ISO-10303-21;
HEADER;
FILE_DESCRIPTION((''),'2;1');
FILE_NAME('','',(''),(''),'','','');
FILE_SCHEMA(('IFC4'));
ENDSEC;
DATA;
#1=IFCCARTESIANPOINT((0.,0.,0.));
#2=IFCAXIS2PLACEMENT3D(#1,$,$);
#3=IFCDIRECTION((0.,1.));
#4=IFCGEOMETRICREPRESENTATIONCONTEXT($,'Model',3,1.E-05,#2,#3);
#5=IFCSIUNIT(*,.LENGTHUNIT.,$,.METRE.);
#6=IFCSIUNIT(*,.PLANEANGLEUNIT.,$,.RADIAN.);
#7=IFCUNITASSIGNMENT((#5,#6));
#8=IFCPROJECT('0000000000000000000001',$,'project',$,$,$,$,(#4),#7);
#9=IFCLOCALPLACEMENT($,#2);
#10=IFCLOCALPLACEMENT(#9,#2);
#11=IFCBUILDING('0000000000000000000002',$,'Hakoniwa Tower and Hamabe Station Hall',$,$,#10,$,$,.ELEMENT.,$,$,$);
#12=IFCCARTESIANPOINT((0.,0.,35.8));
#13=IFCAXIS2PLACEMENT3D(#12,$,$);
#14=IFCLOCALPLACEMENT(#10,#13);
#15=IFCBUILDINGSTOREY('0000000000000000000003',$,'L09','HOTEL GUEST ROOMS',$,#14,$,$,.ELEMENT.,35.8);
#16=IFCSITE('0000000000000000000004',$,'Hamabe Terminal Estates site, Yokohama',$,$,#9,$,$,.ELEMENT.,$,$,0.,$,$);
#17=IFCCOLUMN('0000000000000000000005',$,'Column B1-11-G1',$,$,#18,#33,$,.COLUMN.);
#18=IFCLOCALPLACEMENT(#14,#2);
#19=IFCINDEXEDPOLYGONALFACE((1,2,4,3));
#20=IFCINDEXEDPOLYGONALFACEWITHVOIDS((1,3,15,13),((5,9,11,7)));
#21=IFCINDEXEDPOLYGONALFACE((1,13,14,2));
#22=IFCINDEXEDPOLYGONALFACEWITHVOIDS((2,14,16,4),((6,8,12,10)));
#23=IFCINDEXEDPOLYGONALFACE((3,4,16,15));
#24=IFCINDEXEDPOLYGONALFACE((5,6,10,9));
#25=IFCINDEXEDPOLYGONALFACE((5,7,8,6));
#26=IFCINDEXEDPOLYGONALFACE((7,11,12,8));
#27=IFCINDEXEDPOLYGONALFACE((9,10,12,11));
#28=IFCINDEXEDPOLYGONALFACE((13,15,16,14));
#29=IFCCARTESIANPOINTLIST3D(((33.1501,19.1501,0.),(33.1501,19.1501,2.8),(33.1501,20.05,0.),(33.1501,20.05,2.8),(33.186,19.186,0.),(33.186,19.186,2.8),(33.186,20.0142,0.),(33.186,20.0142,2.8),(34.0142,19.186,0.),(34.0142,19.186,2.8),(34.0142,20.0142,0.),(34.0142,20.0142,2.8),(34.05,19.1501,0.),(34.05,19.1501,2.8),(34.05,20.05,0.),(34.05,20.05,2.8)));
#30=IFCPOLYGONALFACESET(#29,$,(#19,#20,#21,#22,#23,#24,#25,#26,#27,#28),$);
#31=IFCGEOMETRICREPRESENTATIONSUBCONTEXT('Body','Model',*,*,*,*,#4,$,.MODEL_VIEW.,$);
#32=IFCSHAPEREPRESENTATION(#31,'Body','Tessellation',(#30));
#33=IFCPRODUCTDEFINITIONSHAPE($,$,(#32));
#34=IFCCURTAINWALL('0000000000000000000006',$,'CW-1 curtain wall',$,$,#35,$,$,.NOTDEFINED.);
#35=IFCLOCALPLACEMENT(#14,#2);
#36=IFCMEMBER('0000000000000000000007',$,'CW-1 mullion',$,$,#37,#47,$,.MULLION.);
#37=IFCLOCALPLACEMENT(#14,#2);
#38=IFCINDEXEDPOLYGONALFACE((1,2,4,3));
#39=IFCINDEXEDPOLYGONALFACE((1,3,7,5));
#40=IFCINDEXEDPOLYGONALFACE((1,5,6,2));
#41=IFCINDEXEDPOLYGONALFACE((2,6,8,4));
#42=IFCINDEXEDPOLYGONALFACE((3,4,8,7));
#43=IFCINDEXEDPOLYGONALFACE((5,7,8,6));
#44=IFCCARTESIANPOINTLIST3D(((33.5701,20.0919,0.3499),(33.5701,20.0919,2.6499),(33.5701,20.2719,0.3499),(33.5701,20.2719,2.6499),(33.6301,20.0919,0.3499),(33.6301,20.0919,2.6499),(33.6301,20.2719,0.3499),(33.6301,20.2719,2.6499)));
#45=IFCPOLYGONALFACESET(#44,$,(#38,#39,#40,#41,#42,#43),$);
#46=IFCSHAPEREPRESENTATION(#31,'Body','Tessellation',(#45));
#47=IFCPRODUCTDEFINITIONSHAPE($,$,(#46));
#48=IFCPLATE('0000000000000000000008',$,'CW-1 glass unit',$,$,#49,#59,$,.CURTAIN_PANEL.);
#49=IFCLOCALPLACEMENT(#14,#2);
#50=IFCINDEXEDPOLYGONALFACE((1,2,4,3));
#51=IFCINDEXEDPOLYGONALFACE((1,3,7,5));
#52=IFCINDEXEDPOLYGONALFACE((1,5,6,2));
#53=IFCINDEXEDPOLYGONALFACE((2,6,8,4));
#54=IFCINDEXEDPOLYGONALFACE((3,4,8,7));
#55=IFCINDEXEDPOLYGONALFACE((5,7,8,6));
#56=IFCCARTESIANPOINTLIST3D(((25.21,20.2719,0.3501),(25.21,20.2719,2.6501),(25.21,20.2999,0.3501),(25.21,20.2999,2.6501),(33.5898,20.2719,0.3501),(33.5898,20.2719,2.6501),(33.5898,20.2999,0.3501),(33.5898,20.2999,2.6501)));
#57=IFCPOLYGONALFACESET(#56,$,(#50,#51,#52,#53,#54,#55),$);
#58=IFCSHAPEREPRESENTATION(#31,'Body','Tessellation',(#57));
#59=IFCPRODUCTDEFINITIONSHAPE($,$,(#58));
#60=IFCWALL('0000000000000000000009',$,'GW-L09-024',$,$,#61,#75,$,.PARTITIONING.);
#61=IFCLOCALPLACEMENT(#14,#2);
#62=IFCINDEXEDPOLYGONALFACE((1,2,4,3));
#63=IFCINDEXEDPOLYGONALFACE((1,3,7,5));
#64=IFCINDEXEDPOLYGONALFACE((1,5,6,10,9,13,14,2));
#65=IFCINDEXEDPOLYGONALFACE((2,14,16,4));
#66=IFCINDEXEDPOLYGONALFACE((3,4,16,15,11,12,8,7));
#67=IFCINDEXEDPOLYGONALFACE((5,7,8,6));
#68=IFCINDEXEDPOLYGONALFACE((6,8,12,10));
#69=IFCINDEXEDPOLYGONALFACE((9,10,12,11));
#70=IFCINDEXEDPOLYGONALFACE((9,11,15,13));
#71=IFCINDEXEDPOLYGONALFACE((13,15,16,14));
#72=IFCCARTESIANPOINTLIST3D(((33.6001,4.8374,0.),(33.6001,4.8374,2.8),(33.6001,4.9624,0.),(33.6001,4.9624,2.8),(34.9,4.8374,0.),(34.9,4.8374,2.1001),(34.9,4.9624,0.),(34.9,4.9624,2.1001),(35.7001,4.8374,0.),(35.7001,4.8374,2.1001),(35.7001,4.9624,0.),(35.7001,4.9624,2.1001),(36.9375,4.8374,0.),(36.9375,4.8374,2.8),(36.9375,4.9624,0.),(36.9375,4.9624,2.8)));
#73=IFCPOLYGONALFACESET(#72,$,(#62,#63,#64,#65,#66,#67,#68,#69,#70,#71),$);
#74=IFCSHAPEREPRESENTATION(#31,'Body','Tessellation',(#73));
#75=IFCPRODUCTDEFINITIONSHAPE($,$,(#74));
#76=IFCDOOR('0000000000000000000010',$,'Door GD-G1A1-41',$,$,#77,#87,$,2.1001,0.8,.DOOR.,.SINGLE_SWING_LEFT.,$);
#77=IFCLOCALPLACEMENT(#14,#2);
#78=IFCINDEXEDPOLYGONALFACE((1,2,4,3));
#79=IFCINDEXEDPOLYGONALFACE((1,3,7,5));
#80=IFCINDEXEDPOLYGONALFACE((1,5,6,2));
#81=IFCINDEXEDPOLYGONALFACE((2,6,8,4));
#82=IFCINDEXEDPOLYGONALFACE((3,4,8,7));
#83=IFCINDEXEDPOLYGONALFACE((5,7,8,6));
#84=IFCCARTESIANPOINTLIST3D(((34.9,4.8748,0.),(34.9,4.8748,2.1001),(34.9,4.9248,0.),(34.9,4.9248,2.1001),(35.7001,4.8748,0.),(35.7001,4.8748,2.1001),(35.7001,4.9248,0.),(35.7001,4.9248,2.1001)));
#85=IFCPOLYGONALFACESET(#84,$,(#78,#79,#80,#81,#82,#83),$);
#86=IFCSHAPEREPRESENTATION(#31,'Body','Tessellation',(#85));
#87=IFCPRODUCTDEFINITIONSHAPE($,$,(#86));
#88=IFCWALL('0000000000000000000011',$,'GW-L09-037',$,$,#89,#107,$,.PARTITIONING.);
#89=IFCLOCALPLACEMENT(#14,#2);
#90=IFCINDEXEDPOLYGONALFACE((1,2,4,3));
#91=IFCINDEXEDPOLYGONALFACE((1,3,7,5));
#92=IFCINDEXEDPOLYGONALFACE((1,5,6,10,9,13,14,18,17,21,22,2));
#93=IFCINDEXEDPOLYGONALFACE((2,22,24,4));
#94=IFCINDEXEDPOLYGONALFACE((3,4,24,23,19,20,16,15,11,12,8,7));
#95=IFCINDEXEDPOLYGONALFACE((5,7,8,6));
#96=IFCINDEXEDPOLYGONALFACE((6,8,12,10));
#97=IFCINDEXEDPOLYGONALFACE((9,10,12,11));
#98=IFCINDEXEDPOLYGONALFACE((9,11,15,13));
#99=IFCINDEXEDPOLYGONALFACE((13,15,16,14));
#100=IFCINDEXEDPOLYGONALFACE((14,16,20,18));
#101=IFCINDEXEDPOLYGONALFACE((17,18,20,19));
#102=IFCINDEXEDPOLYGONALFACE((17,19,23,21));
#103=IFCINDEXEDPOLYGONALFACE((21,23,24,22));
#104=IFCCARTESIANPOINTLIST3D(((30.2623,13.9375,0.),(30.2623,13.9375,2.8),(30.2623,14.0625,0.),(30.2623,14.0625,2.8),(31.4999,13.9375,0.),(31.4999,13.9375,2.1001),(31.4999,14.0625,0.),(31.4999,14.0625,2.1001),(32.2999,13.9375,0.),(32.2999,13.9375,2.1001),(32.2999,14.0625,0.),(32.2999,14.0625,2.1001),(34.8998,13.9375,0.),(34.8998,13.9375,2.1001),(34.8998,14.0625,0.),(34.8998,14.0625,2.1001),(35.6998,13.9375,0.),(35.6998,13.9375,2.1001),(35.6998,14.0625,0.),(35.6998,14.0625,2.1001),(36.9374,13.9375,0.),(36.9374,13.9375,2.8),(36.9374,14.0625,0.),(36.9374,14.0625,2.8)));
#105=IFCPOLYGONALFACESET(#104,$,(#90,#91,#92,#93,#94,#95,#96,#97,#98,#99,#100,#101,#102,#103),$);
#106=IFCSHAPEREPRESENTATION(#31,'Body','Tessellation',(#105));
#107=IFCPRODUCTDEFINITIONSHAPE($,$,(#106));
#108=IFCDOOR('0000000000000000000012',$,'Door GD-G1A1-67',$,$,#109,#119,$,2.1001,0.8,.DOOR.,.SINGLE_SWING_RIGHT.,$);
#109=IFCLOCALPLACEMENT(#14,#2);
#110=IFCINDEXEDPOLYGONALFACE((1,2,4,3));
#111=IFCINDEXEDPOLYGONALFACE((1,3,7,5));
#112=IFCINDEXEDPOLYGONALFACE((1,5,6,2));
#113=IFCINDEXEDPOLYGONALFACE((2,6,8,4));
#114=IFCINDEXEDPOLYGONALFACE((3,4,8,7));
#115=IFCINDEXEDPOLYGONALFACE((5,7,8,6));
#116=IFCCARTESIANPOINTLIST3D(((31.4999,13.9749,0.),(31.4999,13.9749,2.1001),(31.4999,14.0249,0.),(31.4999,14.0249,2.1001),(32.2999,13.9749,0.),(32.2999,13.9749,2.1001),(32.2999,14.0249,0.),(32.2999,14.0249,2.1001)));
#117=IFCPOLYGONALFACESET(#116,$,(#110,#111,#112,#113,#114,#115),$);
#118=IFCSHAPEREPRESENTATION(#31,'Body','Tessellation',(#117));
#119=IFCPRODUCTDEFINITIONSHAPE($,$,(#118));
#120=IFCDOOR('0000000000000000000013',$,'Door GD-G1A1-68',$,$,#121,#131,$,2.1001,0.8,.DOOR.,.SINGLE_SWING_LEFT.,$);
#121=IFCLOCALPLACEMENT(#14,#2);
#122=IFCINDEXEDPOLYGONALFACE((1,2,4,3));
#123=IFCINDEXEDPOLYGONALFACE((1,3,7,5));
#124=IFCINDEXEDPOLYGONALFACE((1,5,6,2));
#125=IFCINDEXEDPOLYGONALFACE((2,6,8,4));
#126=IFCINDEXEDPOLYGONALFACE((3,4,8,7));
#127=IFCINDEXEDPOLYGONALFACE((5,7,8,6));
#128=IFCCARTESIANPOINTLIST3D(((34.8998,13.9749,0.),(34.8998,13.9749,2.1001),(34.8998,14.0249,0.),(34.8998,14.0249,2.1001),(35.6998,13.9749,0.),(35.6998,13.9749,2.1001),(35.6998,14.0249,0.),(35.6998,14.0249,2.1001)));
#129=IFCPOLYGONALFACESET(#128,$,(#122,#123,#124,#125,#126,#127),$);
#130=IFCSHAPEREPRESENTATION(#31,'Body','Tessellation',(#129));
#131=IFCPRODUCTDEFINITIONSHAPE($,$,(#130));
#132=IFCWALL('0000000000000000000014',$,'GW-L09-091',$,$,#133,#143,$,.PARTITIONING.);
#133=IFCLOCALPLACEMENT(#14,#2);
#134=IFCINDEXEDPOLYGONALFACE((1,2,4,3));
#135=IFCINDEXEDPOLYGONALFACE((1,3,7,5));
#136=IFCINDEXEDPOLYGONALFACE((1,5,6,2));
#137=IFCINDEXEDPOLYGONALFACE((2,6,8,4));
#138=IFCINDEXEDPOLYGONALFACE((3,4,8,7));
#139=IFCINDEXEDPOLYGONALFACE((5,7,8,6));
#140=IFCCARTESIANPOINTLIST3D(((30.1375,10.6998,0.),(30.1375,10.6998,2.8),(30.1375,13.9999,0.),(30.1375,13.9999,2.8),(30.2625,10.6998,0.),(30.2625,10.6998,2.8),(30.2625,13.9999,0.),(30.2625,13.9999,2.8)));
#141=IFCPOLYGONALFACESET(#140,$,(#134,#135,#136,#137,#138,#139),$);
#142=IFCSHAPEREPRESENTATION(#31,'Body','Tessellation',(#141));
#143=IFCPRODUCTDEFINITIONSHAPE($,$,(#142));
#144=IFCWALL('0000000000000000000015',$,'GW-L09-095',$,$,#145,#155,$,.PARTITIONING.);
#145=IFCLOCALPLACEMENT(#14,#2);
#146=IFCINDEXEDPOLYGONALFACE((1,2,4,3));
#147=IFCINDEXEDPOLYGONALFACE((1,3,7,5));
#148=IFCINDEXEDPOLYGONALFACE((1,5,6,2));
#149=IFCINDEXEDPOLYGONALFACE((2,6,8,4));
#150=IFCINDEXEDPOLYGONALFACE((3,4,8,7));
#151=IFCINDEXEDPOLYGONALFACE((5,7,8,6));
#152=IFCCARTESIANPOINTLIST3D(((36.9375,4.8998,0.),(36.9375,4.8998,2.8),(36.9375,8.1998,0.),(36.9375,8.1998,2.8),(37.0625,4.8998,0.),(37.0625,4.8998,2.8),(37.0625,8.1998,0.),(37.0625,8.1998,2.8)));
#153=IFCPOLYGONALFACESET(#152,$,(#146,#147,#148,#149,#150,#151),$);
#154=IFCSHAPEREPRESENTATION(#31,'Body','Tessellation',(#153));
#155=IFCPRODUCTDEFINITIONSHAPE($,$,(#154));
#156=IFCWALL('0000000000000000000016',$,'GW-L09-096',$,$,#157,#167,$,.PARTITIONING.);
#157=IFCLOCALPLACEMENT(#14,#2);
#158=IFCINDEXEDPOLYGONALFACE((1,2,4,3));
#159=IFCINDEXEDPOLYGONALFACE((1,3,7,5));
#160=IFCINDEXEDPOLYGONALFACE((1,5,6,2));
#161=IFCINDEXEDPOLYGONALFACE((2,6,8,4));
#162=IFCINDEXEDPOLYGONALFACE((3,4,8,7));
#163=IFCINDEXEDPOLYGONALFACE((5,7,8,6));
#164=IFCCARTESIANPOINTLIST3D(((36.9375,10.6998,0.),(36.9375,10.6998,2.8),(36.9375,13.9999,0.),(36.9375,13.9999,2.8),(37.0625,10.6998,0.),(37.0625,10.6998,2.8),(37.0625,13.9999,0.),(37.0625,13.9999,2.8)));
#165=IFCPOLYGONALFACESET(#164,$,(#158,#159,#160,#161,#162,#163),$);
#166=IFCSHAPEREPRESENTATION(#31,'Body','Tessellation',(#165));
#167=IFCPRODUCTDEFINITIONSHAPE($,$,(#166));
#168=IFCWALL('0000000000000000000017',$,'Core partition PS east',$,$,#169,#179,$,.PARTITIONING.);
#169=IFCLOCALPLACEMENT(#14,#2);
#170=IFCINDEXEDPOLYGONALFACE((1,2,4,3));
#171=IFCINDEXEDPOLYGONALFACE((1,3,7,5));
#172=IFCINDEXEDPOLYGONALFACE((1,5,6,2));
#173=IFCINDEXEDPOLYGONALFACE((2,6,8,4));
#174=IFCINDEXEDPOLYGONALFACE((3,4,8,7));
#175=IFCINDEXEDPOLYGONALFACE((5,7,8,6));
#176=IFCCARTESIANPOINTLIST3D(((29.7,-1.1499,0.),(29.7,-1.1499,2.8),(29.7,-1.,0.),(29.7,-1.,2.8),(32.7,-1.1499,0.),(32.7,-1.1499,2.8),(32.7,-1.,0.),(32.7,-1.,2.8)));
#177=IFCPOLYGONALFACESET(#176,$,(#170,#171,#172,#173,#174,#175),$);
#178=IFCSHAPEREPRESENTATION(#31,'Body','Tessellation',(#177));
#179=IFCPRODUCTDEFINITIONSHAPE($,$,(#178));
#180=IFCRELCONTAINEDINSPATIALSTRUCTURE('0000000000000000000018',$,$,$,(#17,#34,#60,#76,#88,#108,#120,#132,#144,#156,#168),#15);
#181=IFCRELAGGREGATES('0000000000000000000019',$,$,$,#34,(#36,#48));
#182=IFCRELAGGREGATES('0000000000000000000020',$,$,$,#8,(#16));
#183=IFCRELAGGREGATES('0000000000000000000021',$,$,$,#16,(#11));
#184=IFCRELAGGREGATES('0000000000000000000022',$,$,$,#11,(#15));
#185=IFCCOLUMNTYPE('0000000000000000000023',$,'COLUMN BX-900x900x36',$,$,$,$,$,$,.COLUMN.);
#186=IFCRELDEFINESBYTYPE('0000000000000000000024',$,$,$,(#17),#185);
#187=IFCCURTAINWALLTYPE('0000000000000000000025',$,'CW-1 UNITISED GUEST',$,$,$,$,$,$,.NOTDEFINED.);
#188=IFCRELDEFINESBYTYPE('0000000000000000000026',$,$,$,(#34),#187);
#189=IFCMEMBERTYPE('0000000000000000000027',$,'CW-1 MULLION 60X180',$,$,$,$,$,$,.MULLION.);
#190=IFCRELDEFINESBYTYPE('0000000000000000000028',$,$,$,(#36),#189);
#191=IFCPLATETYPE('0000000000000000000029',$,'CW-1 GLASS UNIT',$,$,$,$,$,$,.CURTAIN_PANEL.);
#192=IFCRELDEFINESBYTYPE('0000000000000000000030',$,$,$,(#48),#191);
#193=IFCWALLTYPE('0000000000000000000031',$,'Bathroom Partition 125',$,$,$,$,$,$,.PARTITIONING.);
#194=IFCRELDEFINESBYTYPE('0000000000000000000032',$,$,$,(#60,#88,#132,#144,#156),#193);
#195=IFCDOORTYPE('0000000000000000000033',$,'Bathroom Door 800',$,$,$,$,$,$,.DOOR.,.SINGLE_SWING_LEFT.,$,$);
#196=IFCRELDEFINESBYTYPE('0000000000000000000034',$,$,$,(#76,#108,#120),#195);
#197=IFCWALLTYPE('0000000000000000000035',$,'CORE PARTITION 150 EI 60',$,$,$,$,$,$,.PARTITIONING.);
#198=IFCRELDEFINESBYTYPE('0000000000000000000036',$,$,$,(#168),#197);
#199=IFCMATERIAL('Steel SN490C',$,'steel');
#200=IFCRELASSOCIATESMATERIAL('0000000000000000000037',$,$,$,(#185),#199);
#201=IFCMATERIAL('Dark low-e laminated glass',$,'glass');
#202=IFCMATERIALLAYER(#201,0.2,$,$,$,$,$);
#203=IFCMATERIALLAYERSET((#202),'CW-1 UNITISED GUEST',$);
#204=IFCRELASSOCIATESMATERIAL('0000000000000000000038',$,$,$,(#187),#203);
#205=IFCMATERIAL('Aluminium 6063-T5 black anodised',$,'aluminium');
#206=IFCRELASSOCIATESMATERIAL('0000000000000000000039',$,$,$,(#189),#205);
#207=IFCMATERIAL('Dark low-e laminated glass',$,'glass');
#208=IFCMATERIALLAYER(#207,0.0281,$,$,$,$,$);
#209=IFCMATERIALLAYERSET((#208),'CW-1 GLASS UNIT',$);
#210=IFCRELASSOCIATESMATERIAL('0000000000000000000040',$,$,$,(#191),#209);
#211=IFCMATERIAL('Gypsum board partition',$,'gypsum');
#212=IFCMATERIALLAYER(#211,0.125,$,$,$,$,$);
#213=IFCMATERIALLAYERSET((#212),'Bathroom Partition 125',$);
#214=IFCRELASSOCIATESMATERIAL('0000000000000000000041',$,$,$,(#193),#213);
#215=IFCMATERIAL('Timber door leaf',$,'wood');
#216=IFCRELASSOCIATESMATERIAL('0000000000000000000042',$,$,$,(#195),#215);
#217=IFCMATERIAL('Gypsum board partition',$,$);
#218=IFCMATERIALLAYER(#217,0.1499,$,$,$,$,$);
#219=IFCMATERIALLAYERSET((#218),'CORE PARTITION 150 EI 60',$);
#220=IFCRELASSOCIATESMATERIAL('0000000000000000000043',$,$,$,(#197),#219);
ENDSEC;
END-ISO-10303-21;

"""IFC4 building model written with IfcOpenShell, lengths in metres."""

from ifc_helpers import new_model, si_unit, direction, frame, frame_2d, origin, origin_2d, place, context, subcontext, project, spatial, rectangle, hollow_rectangle, extrude, material, layer, layer_set, material_profile, profile_set, type_object, element, fill, aggregate, save


model = new_model("IFC4")

# Units and contexts
model_context = context("Model", 3, precision=1e-05, world=origin(), true_north=direction((0.0, 1.0)))
body_context = subcontext(model_context, "Body", "Model", "MODEL_VIEW")
ifc_project = project(units=[si_unit("LENGTHUNIT", "METRE"), si_unit("PLANEANGLEUNIT", "RADIAN")], contexts=[model_context])

# Site, building, storey
site_placement = place(None, origin())
site = spatial("IfcSite", under=ifc_project, at=site_placement, Name="Hamabe Terminal Estates site, Yokohama", CompositionType="ELEMENT", RefElevation=0.0)
building_placement = place(site_placement, origin())
building = spatial("IfcBuilding", under=site, at=building_placement, Name="Hakoniwa Tower and Hamabe Station Hall", CompositionType="ELEMENT")
storey_placement = place(building_placement, frame((0.0, 0.0, 35.8)))
storey = spatial("IfcBuildingStorey", under=building, at=storey_placement, Name="L09", Description="HOTEL GUEST ROOMS", CompositionType="ELEMENT", Elevation=35.8)

# Column
ifc_material_1 = material(Name="Steel SN490C", Category="steel")
ifc_material_profile_1 = material_profile(ifc_material_1, hollow_rectangle(XDim=0.8999, YDim=0.8999, WallThickness=0.0359, at=origin_2d()), Name="BX-900x900x36")
ifc_profile_set_1 = profile_set([ifc_material_profile_1], Name="Steel SN490C")
column_type = type_object("IfcColumnType", Name="COLUMN BX-900x900x36", PredefinedType="COLUMN", material=ifc_profile_set_1)
column_placement = place(storey_placement, frame((33.6001, 19.6001, 0.0), z_axis=(0.0, 0.0, 1.0), x_axis=(1.0, 0.0, 0.0)))
element("IfcColumn", 1, at=column_placement, inside=storey, type_object=column_type, Name="Column B1-11-G1", PredefinedType="COLUMN", context=body_context, shape_type="SweptSolid", body=[
    extrude(hollow_rectangle(XDim=0.8999, YDim=0.8999, WallThickness=0.0359, at=origin_2d()), origin(), (0.0, 0.0, 1.0), 2.8),
])

# Curtain wall, member, plate
ifc_material_2 = material(Name="Dark low-e laminated glass", Category="glass")
ifc_layer_1 = layer(ifc_material_2, 0.2)
ifc_layer_set_1 = layer_set([ifc_layer_1], Name="CW-1 UNITISED GUEST")
curtain_wall_type = type_object("IfcCurtainWallType", Name="CW-1 UNITISED GUEST", PredefinedType="NOTDEFINED", material=ifc_layer_set_1)
curtain_wall_placement = place(storey_placement, origin())
curtain_wall = element("IfcCurtainWall", 2, at=curtain_wall_placement, inside=storey, type_object=curtain_wall_type, Name="CW-1 curtain wall", PredefinedType="NOTDEFINED")
ifc_material_3 = material(Name="Aluminium 6063-T5 black anodised", Category="aluminium")
ifc_material_profile_2 = material_profile(ifc_material_3, rectangle(XDim=0.0601, YDim=0.1799, at=origin_2d()), Name="CW-1 MULLION 60X180")
ifc_profile_set_2 = profile_set([ifc_material_profile_2], Name="Aluminium 6063-T5 black anodised")
member_type = type_object("IfcMemberType", Name="CW-1 MULLION 60X180", PredefinedType="MULLION", material=ifc_profile_set_2)
member_placement = place(storey_placement, frame((33.6001, 20.1819, 0.3499), z_axis=(0.0, 0.0, 1.0), x_axis=(-1.0, 0.0, 0.0)))
member = element("IfcMember", 3, at=member_placement, type_object=member_type, Name="CW-1 mullion", PredefinedType="MULLION", context=body_context, shape_type="SweptSolid", body=[
    extrude(rectangle(XDim=0.0601, YDim=0.1799, at=origin_2d()), origin(), (0.0, 0.0, 1.0), 2.3),
])
ifc_material_4 = material(Name="Dark low-e laminated glass", Category="glass")
ifc_layer_2 = layer(ifc_material_4, 0.0281)
ifc_layer_set_2 = layer_set([ifc_layer_2], Name="CW-1 GLASS UNIT")
plate_type = type_object("IfcPlateType", Name="CW-1 GLASS UNIT", PredefinedType="CURTAIN_PANEL", material=ifc_layer_set_2)
plate_placement = place(storey_placement, frame((29.3999, 20.2859, 0.3501), z_axis=(0.0, 0.0, 1.0), x_axis=(-1.0, 0.0, 0.0)))
plate = element("IfcPlate", 4, at=plate_placement, type_object=plate_type, Name="CW-1 glass unit", PredefinedType="CURTAIN_PANEL", context=body_context, shape_type="SweptSolid", body=[
    extrude(rectangle(XDim=8.3799, YDim=0.0281, at=origin_2d()), origin(), (0.0, 0.0, 1.0), 2.3),
])
aggregate(curtain_wall, [member, plate])

# Wall, opening, door
ifc_material_5 = material(Name="Gypsum board partition", Category="gypsum")
ifc_layer_3 = layer(ifc_material_5, 0.125)
ifc_layer_set_3 = layer_set([ifc_layer_3], Name="Bathroom Partition 125")
wall_type_1 = type_object("IfcWallType", Name="Bathroom Partition 125", PredefinedType="PARTITIONING", material=ifc_layer_set_3)
wall_1_placement = place(storey_placement, frame((33.6001, 4.8999, 0.0), z_axis=(0.0, 0.0, 1.0), x_axis=(1.0, 0.0, 0.0)))
wall_1 = element("IfcWall", 5, at=wall_1_placement, inside=storey, type_object=wall_type_1, Name="GW-L09-024", PredefinedType="PARTITIONING", context=body_context, shape_type="SweptSolid", body=[
    extrude(rectangle(XDim=3.3374, YDim=0.125, at=frame_2d((1.6687, 0.0))), origin(), (0.0, 0.0, 1.0), 2.8),
])
opening_1_placement = place(wall_1_placement, frame((1.3, 0.0, 0.0)))
opening_1 = element("IfcOpeningElement", 6, at=opening_1_placement, cuts=wall_1, PredefinedType="OPENING", context=body_context, shape_type="SweptSolid", body=[
    extrude(rectangle(XDim=0.8, YDim=2.1001, at=frame_2d((0.3999, 1.05))), frame((0.0, 0.0725, 0.0), z_axis=(0.0, -1.0, 0.0), x_axis=(1.0, 0.0, 0.0)), (0.0, 0.0, 1.0), 0.145),
])
ifc_material_6 = material(Name="Timber door leaf", Category="wood")
door_type_1 = type_object("IfcDoorType", Name="Bathroom Door 800", OperationType="SINGLE_SWING_LEFT", PredefinedType="DOOR", material=ifc_material_6)
door_1_placement = place(opening_1_placement, origin())
door_1 = element("IfcDoor", 7, at=door_1_placement, inside=storey, type_object=door_type_1, Name="Door GD-G1A1-41", OperationType="SINGLE_SWING_LEFT", OverallHeight=2.1001, OverallWidth=0.8, PredefinedType="DOOR", context=body_context, shape_type="SweptSolid", body=[
    extrude(rectangle(XDim=0.8, YDim=2.1001, at=frame_2d((0.3999, 1.05))), frame((0.0, 0.0249, 0.0), z_axis=(0.0, -1.0, 0.0), x_axis=(1.0, 0.0, 0.0)), (0.0, 0.0, 1.0), 0.05),
])
fill(opening_1, door_1)

# Wall, openings, doors
wall_2_placement = place(storey_placement, frame((30.2625, 14.0, 0.0), z_axis=(0.0, 0.0, 1.0), x_axis=(1.0, 0.0, 0.0)))
wall_2 = element("IfcWall", 8, at=wall_2_placement, inside=storey, type_object=wall_type_1, Name="GW-L09-037", PredefinedType="PARTITIONING", context=body_context, shape_type="SweptSolid", body=[
    extrude(rectangle(XDim=6.675, YDim=0.125, at=frame_2d((3.3374, 0.0))), origin(), (0.0, 0.0, 1.0), 2.8),
])
opening_2_placement = place(wall_2_placement, frame((1.2375, 0.0, 0.0)))
opening_2 = element("IfcOpeningElement", 9, at=opening_2_placement, cuts=wall_2, PredefinedType="OPENING", context=body_context, shape_type="SweptSolid", body=[
    extrude(rectangle(XDim=0.8, YDim=2.1001, at=frame_2d((0.3999, 1.05))), frame((0.0, 0.0725, 0.0), z_axis=(0.0, -1.0, 0.0), x_axis=(1.0, 0.0, 0.0)), (0.0, 0.0, 1.0), 0.145),
])
opening_3_placement = place(wall_2_placement, frame((4.6375, 0.0, 0.0)))
opening_3 = element("IfcOpeningElement", 10, at=opening_3_placement, cuts=wall_2, PredefinedType="OPENING", context=body_context, shape_type="SweptSolid", body=[
    extrude(rectangle(XDim=0.8, YDim=2.1001, at=frame_2d((0.3999, 1.05))), frame((0.0, 0.0725, 0.0), z_axis=(0.0, -1.0, 0.0), x_axis=(1.0, 0.0, 0.0)), (0.0, 0.0, 1.0), 0.145),
])
door_2_placement = place(opening_2_placement, origin())
door_2 = element("IfcDoor", 11, at=door_2_placement, inside=storey, type_object=door_type_1, Name="Door GD-G1A1-67", OperationType="SINGLE_SWING_RIGHT", OverallHeight=2.1001, OverallWidth=0.8, PredefinedType="DOOR", context=body_context, shape_type="SweptSolid", body=[
    extrude(rectangle(XDim=0.8, YDim=2.1001, at=frame_2d((0.3999, 1.05))), frame((0.0, 0.0249, 0.0), z_axis=(0.0, -1.0, 0.0), x_axis=(1.0, 0.0, 0.0)), (0.0, 0.0, 1.0), 0.05),
])
fill(opening_2, door_2)
door_3_placement = place(opening_3_placement, origin())
door_3 = element("IfcDoor", 12, at=door_3_placement, inside=storey, type_object=door_type_1, Name="Door GD-G1A1-68", OperationType="SINGLE_SWING_LEFT", OverallHeight=2.1001, OverallWidth=0.8, PredefinedType="DOOR", context=body_context, shape_type="SweptSolid", body=[
    extrude(rectangle(XDim=0.8, YDim=2.1001, at=frame_2d((0.3999, 1.05))), frame((0.0, 0.0249, 0.0), z_axis=(0.0, -1.0, 0.0), x_axis=(1.0, 0.0, 0.0)), (0.0, 0.0, 1.0), 0.05),
])
fill(opening_3, door_3)

# Walls
for number, where, z_axis, x_axis, name in (
    (13, (30.2, 10.7, 0.0), (0.0, 0.0, 1.0), (0.0, 1.0, 0.0), "GW-L09-091"),
    (14, (37.0, 4.8999, 0.0), (0.0, 0.0, 1.0), (0.0, 1.0, 0.0), "GW-L09-095"),
    (15, (37.0, 10.7, 0.0), (0.0, 0.0, 1.0), (0.0, 1.0, 0.0), "GW-L09-096"),
):
    element("IfcWall", number, at=place(storey_placement, frame(where, z_axis=z_axis, x_axis=x_axis)), inside=storey, type_object=wall_type_1, Name=name, PredefinedType="PARTITIONING", context=body_context, shape_type="SweptSolid", body=[
        extrude(rectangle(XDim=3.3, YDim=0.125, at=frame_2d((1.6499, 0.0))), origin(), (0.0, 0.0, 1.0), 2.8),
    ])
ifc_material_7 = material(Name="Gypsum board partition")
ifc_layer_4 = layer(ifc_material_7, 0.1499)
ifc_layer_set_4 = layer_set([ifc_layer_4], Name="CORE PARTITION 150 EI 60")
wall_type_2 = type_object("IfcWallType", Name="CORE PARTITION 150 EI 60", PredefinedType="PARTITIONING", material=ifc_layer_set_4)
wall_3_placement = place(storey_placement, frame((29.7, -1.075, 0.0), z_axis=(0.0, 0.0, 1.0), x_axis=(1.0, 0.0, 0.0)))
element("IfcWall", 16, at=wall_3_placement, inside=storey, type_object=wall_type_2, Name="Core partition PS east", PredefinedType="PARTITIONING", context=body_context, shape_type="SweptSolid", body=[
    extrude(rectangle(XDim=3.0, YDim=0.1499, at=frame_2d((1.5, 0.0))), origin(), (0.0, 0.0, 1.0), 2.8),
])

save(model, "model.ifc")
